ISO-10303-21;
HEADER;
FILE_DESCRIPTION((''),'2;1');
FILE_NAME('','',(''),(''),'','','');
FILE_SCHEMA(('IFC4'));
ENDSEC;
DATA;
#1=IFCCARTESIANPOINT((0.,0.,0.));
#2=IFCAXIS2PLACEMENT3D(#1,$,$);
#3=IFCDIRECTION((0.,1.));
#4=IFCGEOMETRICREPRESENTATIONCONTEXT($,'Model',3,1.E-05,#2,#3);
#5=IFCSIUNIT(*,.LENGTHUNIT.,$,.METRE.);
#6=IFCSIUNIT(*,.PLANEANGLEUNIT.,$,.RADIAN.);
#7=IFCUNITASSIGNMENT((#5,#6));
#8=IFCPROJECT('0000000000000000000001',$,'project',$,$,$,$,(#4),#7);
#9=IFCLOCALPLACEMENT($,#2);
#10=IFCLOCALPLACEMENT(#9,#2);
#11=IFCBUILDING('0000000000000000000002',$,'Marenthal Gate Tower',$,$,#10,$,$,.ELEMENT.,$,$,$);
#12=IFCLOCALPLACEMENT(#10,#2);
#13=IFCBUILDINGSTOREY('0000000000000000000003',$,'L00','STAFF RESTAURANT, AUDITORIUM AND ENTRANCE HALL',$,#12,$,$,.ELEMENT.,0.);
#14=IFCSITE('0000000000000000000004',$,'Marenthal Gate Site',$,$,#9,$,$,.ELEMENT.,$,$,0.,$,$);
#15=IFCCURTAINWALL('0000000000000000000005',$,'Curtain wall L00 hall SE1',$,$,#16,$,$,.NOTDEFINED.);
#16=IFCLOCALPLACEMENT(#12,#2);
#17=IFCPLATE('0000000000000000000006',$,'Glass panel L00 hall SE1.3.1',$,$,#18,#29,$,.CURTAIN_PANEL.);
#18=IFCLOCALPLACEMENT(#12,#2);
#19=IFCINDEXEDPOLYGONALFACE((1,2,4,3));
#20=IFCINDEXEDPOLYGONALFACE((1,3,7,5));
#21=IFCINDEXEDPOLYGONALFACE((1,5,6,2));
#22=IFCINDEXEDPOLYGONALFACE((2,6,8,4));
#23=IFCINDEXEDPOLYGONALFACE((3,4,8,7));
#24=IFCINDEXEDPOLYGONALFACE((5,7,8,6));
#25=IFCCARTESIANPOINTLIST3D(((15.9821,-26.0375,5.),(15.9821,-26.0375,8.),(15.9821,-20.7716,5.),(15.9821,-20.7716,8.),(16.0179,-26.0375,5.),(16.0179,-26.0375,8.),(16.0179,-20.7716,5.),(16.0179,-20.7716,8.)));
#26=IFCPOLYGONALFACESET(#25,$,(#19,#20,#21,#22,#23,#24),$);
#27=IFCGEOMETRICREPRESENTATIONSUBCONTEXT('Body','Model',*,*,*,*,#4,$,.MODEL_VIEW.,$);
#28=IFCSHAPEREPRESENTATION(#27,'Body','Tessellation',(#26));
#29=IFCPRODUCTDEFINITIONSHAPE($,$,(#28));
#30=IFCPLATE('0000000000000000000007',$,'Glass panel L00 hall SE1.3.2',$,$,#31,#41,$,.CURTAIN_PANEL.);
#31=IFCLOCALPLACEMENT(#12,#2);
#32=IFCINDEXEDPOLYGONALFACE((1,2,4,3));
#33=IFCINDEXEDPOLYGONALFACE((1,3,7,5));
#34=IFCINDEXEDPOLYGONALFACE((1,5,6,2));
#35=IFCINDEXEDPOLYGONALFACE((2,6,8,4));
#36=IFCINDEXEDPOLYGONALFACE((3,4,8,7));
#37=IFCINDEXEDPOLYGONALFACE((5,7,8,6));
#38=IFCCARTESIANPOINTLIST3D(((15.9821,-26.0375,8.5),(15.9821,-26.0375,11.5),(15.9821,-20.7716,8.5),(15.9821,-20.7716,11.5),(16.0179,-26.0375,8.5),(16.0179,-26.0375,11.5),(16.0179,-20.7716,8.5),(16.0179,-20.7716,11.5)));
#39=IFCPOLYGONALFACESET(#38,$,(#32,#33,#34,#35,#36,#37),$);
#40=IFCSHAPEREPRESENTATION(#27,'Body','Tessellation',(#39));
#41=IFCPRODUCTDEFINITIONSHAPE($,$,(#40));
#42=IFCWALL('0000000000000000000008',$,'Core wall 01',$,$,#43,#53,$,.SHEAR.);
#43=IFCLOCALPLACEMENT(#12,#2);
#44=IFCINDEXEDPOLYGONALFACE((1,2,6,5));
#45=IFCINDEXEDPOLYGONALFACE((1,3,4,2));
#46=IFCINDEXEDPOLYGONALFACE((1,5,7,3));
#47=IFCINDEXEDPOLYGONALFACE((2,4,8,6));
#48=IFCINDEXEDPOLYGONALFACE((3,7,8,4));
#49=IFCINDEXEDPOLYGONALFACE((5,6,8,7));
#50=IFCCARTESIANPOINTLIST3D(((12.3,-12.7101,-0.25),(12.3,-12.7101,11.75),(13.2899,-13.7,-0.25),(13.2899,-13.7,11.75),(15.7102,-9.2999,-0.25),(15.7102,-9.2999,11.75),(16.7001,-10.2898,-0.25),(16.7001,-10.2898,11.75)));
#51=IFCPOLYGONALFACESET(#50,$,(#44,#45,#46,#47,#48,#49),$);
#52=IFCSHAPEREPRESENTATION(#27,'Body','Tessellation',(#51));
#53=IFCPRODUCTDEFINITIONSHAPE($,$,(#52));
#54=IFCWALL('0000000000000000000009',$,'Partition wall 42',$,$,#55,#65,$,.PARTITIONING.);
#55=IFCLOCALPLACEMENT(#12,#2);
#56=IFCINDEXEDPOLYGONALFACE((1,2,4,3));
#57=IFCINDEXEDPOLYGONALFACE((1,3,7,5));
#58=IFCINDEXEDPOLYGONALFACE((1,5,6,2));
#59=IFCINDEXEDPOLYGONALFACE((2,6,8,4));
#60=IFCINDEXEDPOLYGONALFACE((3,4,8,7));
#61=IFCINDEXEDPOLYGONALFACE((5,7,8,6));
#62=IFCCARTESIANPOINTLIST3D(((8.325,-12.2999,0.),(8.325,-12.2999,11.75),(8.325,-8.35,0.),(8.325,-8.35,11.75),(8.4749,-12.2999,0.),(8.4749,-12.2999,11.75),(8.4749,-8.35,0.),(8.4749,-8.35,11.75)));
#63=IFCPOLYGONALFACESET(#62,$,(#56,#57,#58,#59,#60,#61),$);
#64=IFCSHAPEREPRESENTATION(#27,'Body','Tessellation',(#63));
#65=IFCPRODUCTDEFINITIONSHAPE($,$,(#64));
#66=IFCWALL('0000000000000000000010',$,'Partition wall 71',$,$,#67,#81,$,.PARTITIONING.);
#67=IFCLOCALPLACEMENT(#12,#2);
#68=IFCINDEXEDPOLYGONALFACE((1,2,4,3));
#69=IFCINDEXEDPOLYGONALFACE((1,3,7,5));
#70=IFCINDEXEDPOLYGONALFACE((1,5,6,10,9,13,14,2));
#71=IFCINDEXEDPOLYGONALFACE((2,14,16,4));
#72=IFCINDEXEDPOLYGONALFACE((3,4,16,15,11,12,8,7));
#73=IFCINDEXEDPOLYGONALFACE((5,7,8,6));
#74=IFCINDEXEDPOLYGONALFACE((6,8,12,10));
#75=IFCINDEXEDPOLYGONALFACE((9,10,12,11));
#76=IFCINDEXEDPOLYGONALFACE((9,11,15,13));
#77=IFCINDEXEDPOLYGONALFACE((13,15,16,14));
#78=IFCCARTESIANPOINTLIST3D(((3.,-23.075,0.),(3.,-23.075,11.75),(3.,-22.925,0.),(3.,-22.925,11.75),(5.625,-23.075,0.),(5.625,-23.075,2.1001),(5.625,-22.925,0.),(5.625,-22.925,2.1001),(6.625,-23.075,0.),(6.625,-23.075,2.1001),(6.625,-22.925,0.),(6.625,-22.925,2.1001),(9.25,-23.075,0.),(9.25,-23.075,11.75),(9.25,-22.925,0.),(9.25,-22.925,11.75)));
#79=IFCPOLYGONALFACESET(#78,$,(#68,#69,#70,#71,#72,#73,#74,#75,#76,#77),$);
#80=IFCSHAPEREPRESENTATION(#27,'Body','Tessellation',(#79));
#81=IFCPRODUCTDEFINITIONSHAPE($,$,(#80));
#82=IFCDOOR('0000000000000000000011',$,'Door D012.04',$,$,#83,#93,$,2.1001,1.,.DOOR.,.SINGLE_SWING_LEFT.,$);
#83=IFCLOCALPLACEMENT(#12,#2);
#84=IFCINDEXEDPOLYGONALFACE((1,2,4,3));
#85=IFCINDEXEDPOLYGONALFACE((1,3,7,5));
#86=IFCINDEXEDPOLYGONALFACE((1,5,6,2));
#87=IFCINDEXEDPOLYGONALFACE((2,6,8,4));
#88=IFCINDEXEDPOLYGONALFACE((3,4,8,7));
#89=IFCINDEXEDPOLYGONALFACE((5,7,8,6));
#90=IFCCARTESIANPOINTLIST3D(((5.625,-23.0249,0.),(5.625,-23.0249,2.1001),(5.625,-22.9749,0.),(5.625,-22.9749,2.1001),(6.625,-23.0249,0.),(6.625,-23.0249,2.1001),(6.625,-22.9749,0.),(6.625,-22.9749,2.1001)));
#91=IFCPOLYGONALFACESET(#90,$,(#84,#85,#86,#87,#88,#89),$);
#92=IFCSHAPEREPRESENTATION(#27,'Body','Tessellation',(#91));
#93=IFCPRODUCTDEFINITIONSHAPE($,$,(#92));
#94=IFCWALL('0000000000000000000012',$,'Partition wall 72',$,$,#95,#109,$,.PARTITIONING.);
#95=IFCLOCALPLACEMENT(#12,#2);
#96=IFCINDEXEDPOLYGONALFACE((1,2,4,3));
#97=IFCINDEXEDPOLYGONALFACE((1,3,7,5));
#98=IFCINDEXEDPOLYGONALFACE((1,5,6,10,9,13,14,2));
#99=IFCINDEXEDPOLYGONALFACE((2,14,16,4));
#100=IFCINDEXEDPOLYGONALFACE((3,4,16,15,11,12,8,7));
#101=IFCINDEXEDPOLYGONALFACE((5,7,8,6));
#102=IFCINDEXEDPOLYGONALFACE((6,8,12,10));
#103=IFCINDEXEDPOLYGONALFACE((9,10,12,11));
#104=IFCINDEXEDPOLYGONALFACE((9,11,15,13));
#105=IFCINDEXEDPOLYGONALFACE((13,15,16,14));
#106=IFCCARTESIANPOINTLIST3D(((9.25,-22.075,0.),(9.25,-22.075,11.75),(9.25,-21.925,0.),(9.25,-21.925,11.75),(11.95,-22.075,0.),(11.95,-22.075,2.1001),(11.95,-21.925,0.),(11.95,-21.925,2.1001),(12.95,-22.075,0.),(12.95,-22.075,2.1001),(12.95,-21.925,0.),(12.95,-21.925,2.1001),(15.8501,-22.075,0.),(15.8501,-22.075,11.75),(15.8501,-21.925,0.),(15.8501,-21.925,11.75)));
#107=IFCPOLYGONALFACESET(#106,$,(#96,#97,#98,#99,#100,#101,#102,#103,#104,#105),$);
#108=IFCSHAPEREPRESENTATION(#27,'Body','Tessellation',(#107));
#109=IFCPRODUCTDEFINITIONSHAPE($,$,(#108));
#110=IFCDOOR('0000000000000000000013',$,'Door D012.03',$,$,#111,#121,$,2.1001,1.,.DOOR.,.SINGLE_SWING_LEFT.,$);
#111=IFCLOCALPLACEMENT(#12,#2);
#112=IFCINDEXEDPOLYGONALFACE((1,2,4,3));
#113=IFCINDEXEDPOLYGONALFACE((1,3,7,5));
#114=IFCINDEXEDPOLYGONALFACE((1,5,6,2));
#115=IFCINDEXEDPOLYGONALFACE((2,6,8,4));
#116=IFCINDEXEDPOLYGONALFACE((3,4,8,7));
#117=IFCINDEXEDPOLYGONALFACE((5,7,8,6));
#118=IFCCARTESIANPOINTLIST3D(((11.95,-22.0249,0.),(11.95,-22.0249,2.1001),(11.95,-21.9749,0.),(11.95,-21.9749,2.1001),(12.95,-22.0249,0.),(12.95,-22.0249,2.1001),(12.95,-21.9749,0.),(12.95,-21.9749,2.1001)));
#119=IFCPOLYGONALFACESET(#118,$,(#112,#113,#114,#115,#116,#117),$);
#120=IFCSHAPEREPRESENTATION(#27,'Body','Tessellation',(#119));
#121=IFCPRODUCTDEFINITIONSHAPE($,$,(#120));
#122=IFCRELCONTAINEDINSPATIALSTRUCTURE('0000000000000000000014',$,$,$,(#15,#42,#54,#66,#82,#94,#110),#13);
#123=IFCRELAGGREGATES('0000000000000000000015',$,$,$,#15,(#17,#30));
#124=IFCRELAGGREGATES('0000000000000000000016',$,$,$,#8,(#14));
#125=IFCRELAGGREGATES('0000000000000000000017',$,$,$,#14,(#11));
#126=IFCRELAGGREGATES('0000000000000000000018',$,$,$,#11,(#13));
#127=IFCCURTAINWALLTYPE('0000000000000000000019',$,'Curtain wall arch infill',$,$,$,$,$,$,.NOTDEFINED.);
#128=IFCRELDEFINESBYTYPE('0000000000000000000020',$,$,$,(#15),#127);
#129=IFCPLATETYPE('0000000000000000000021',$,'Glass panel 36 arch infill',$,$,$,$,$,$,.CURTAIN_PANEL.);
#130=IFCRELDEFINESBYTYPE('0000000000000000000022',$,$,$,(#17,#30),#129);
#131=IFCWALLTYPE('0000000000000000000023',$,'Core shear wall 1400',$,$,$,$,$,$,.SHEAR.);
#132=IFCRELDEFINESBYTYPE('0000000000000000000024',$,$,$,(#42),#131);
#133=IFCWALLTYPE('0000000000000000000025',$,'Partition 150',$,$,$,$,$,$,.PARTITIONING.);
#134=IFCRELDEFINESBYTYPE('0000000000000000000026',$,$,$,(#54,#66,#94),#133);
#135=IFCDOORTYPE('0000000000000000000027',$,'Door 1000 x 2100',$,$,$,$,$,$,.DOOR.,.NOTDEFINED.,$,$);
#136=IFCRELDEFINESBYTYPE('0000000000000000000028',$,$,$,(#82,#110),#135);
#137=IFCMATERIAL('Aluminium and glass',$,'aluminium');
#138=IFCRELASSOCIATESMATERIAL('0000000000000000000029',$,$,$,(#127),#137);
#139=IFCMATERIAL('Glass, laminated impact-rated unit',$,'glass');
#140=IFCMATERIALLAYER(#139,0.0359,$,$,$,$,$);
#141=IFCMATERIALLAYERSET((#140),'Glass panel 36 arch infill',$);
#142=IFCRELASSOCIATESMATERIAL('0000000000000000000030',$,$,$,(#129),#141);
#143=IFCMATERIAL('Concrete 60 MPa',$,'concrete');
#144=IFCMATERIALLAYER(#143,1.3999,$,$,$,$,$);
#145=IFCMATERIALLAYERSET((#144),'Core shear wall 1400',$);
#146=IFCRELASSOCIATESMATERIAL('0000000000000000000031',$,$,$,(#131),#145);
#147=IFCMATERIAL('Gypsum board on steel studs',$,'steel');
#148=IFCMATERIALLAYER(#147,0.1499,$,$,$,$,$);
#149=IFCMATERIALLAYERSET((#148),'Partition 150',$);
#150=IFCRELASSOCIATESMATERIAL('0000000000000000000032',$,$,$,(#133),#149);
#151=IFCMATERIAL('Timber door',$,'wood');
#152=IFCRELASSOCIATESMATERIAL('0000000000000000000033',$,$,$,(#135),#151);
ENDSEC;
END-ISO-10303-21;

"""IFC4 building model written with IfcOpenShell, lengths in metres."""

from ifc_helpers import new_model, si_unit, direction, frame, frame_2d, origin, origin_2d, place, context, subcontext, project, spatial, rectangle, extrude, material, layer, layer_set, type_object, element, fill, aggregate, save


model = new_model("IFC4")

# Units and contexts
model_context = context("Model", 3, precision=1e-05, world=origin(), true_north=direction((0.0, 1.0)))
body_context = subcontext(model_context, "Body", "Model", "MODEL_VIEW")
ifc_project = project(units=[si_unit("LENGTHUNIT", "METRE"), si_unit("PLANEANGLEUNIT", "RADIAN")], contexts=[model_context])

# Site, building, storey
site_placement = place(None, origin())
site = spatial("IfcSite", under=ifc_project, at=site_placement, Name="Marenthal Gate Site", CompositionType="ELEMENT", RefElevation=0.0)
building_placement = place(site_placement, origin())
building = spatial("IfcBuilding", under=site, at=building_placement, Name="Marenthal Gate Tower", CompositionType="ELEMENT")
storey_placement = place(building_placement, origin())
storey = spatial("IfcBuildingStorey", under=building, at=storey_placement, Name="L00", Description="STAFF RESTAURANT, AUDITORIUM AND ENTRANCE HALL", CompositionType="ELEMENT", Elevation=0.0)

# Curtain wall
ifc_material_1 = material(Name="Aluminium and glass", Category="aluminium")
curtain_wall_type = type_object("IfcCurtainWallType", Name="Curtain wall arch infill", PredefinedType="NOTDEFINED", material=ifc_material_1)
curtain_wall_1_placement = place(storey_placement, origin())
curtain_wall_1 = element("IfcCurtainWall", 1, at=curtain_wall_1_placement, inside=storey, type_object=curtain_wall_type, Name="Curtain wall L00 hall SE1", PredefinedType="NOTDEFINED")

# Plates
ifc_material_2 = material(Name="Glass, laminated impact-rated unit", Category="glass")
ifc_layer_1 = layer(ifc_material_2, 0.0359)
ifc_layer_set_1 = layer_set([ifc_layer_1], Name="Glass panel 36 arch infill")
plate_type = type_object("IfcPlateType", Name="Glass panel 36 arch infill", PredefinedType="CURTAIN_PANEL", material=ifc_layer_set_1)
plate_1_placement = place(storey_placement, frame((16.0, -23.4045, 5.0), z_axis=(0.0, 0.0, 1.0), x_axis=(0.0, -1.0, 0.0)))
plate_1 = element("IfcPlate", 2, at=plate_1_placement, type_object=plate_type, Name="Glass panel L00 hall SE1.3.1", PredefinedType="CURTAIN_PANEL", context=body_context, shape_type="SweptSolid", body=[
    extrude(rectangle(XDim=5.2659, YDim=0.0359, at=origin_2d()), origin(), (0.0, 0.0, 1.0), 3.0),
])
plate_2_placement = place(storey_placement, frame((16.0, -23.4045, 8.5), z_axis=(0.0, 0.0, 1.0), x_axis=(0.0, -1.0, 0.0)))
plate_2 = element("IfcPlate", 3, at=plate_2_placement, type_object=plate_type, Name="Glass panel L00 hall SE1.3.2", PredefinedType="CURTAIN_PANEL", context=body_context, shape_type="SweptSolid", body=[
    extrude(rectangle(XDim=5.2659, YDim=0.0359, at=origin_2d()), origin(), (0.0, 0.0, 1.0), 3.0),
])
aggregate(curtain_wall_1, [plate_1, plate_2])

# Walls
ifc_material_3 = material(Name="Concrete 60 MPa", Category="concrete")
ifc_layer_2 = layer(ifc_material_3, 1.3999)
ifc_layer_set_2 = layer_set([ifc_layer_2], Name="Core shear wall 1400")
wall_type_1 = type_object("IfcWallType", Name="Core shear wall 1400", PredefinedType="SHEAR", material=ifc_layer_set_2)
wall_1_placement = place(storey_placement, frame((12.7949, -13.2051, -0.25), z_axis=(0.0, 0.0, 1.0), x_axis=(0.707107, 0.707107, 0.0)))
element("IfcWall", 4, at=wall_1_placement, inside=storey, type_object=wall_type_1, Name="Core wall 01", PredefinedType="SHEAR", context=body_context, shape_type="SweptSolid", body=[
    extrude(rectangle(XDim=4.8228, YDim=1.3999, at=frame_2d((2.4114, 0.0))), origin(), (0.0, 0.0, 1.0), 12.0),
])
ifc_material_4 = material(Name="Gypsum board on steel studs", Category="steel")
ifc_layer_3 = layer(ifc_material_4, 0.1499)
ifc_layer_set_3 = layer_set([ifc_layer_3], Name="Partition 150")
wall_type_2 = type_object("IfcWallType", Name="Partition 150", PredefinedType="PARTITIONING", material=ifc_layer_set_3)
wall_2_placement = place(storey_placement, frame((8.3999, -12.3, 0.0), z_axis=(0.0, 0.0, 1.0), x_axis=(0.0, 1.0, 0.0)))
element("IfcWall", 5, at=wall_2_placement, inside=storey, type_object=wall_type_2, Name="Partition wall 42", PredefinedType="PARTITIONING", context=body_context, shape_type="SweptSolid", body=[
    extrude(rectangle(XDim=3.95, YDim=0.1499, at=frame_2d((1.9751, 0.0))), origin(), (0.0, 0.0, 1.0), 11.75),
])

# Walls, openings, doors
wall_3_placement = place(storey_placement, frame((3.0, -23.0, 0.0), z_axis=(0.0, 0.0, 1.0), x_axis=(1.0, 0.0, 0.0)))
wall_3 = element("IfcWall", 6, at=wall_3_placement, inside=storey, type_object=wall_type_2, Name="Partition wall 71", PredefinedType="PARTITIONING", context=body_context, shape_type="SweptSolid", body=[
    extrude(rectangle(XDim=6.25, YDim=0.1499, at=frame_2d((3.125, 0.0))), origin(), (0.0, 0.0, 1.0), 11.75),
])
opening_1_placement = place(wall_3_placement, frame((2.625, 0.0, 0.0)))
opening_1 = element("IfcOpeningElement", 7, at=opening_1_placement, cuts=wall_3, PredefinedType="OPENING", context=body_context, shape_type="SweptSolid", body=[
    extrude(rectangle(XDim=1.0, YDim=2.1001, at=frame_2d((0.5, 1.05))), frame((0.0, 0.085, 0.0), z_axis=(0.0, -1.0, 0.0), x_axis=(1.0, 0.0, 0.0)), (0.0, 0.0, 1.0), 0.1699),
])
ifc_material_5 = material(Name="Timber door", Category="wood")
door_type = type_object("IfcDoorType", Name="Door 1000 x 2100", OperationType="NOTDEFINED", PredefinedType="DOOR", material=ifc_material_5)
door_1_placement = place(opening_1_placement, frame((1.0, 0.0, 0.0), z_axis=(0.0, 0.0, 1.0), x_axis=(-1.0, 0.0, 0.0)))
door_1 = element("IfcDoor", 8, at=door_1_placement, inside=storey, type_object=door_type, Name="Door D012.04", OperationType="SINGLE_SWING_LEFT", OverallHeight=2.1001, OverallWidth=1.0, PredefinedType="DOOR", context=body_context, shape_type="SweptSolid", body=[
    extrude(rectangle(XDim=1.0, YDim=2.1001, at=frame_2d((0.5, 1.05))), frame((0.0, 0.0249, 0.0), z_axis=(0.0, -1.0, 0.0), x_axis=(1.0, 0.0, 0.0)), (0.0, 0.0, 1.0), 0.05),
])
fill(opening_1, door_1)
wall_4_placement = place(storey_placement, frame((9.25, -22.0, 0.0), z_axis=(0.0, 0.0, 1.0), x_axis=(1.0, 0.0, 0.0)))
wall_4 = element("IfcWall", 9, at=wall_4_placement, inside=storey, type_object=wall_type_2, Name="Partition wall 72", PredefinedType="PARTITIONING", context=body_context, shape_type="SweptSolid", body=[
    extrude(rectangle(XDim=6.6001, YDim=0.1499, at=frame_2d((3.3, 0.0))), origin(), (0.0, 0.0, 1.0), 11.75),
])
opening_2_placement = place(wall_4_placement, frame((2.7, 0.0, 0.0)))
opening_2 = element("IfcOpeningElement", 10, at=opening_2_placement, cuts=wall_4, PredefinedType="OPENING", context=body_context, shape_type="SweptSolid", body=[
    extrude(rectangle(XDim=1.0, YDim=2.1001, at=frame_2d((0.5, 1.05))), frame((0.0, 0.085, 0.0), z_axis=(0.0, -1.0, 0.0), x_axis=(1.0, 0.0, 0.0)), (0.0, 0.0, 1.0), 0.1699),
])
door_2_placement = place(opening_2_placement, frame((1.0, 0.0, 0.0), z_axis=(0.0, 0.0, 1.0), x_axis=(-1.0, 0.0, 0.0)))
door_2 = element("IfcDoor", 11, at=door_2_placement, inside=storey, type_object=door_type, Name="Door D012.03", OperationType="SINGLE_SWING_LEFT", OverallHeight=2.1001, OverallWidth=1.0, PredefinedType="DOOR", context=body_context, shape_type="SweptSolid", body=[
    extrude(rectangle(XDim=1.0, YDim=2.1001, at=frame_2d((0.5, 1.05))), frame((0.0, 0.0249, 0.0), z_axis=(0.0, -1.0, 0.0), x_axis=(1.0, 0.0, 0.0)), (0.0, 0.0, 1.0), 0.05),
])
fill(opening_2, door_2)

save(model, "model.ifc")
